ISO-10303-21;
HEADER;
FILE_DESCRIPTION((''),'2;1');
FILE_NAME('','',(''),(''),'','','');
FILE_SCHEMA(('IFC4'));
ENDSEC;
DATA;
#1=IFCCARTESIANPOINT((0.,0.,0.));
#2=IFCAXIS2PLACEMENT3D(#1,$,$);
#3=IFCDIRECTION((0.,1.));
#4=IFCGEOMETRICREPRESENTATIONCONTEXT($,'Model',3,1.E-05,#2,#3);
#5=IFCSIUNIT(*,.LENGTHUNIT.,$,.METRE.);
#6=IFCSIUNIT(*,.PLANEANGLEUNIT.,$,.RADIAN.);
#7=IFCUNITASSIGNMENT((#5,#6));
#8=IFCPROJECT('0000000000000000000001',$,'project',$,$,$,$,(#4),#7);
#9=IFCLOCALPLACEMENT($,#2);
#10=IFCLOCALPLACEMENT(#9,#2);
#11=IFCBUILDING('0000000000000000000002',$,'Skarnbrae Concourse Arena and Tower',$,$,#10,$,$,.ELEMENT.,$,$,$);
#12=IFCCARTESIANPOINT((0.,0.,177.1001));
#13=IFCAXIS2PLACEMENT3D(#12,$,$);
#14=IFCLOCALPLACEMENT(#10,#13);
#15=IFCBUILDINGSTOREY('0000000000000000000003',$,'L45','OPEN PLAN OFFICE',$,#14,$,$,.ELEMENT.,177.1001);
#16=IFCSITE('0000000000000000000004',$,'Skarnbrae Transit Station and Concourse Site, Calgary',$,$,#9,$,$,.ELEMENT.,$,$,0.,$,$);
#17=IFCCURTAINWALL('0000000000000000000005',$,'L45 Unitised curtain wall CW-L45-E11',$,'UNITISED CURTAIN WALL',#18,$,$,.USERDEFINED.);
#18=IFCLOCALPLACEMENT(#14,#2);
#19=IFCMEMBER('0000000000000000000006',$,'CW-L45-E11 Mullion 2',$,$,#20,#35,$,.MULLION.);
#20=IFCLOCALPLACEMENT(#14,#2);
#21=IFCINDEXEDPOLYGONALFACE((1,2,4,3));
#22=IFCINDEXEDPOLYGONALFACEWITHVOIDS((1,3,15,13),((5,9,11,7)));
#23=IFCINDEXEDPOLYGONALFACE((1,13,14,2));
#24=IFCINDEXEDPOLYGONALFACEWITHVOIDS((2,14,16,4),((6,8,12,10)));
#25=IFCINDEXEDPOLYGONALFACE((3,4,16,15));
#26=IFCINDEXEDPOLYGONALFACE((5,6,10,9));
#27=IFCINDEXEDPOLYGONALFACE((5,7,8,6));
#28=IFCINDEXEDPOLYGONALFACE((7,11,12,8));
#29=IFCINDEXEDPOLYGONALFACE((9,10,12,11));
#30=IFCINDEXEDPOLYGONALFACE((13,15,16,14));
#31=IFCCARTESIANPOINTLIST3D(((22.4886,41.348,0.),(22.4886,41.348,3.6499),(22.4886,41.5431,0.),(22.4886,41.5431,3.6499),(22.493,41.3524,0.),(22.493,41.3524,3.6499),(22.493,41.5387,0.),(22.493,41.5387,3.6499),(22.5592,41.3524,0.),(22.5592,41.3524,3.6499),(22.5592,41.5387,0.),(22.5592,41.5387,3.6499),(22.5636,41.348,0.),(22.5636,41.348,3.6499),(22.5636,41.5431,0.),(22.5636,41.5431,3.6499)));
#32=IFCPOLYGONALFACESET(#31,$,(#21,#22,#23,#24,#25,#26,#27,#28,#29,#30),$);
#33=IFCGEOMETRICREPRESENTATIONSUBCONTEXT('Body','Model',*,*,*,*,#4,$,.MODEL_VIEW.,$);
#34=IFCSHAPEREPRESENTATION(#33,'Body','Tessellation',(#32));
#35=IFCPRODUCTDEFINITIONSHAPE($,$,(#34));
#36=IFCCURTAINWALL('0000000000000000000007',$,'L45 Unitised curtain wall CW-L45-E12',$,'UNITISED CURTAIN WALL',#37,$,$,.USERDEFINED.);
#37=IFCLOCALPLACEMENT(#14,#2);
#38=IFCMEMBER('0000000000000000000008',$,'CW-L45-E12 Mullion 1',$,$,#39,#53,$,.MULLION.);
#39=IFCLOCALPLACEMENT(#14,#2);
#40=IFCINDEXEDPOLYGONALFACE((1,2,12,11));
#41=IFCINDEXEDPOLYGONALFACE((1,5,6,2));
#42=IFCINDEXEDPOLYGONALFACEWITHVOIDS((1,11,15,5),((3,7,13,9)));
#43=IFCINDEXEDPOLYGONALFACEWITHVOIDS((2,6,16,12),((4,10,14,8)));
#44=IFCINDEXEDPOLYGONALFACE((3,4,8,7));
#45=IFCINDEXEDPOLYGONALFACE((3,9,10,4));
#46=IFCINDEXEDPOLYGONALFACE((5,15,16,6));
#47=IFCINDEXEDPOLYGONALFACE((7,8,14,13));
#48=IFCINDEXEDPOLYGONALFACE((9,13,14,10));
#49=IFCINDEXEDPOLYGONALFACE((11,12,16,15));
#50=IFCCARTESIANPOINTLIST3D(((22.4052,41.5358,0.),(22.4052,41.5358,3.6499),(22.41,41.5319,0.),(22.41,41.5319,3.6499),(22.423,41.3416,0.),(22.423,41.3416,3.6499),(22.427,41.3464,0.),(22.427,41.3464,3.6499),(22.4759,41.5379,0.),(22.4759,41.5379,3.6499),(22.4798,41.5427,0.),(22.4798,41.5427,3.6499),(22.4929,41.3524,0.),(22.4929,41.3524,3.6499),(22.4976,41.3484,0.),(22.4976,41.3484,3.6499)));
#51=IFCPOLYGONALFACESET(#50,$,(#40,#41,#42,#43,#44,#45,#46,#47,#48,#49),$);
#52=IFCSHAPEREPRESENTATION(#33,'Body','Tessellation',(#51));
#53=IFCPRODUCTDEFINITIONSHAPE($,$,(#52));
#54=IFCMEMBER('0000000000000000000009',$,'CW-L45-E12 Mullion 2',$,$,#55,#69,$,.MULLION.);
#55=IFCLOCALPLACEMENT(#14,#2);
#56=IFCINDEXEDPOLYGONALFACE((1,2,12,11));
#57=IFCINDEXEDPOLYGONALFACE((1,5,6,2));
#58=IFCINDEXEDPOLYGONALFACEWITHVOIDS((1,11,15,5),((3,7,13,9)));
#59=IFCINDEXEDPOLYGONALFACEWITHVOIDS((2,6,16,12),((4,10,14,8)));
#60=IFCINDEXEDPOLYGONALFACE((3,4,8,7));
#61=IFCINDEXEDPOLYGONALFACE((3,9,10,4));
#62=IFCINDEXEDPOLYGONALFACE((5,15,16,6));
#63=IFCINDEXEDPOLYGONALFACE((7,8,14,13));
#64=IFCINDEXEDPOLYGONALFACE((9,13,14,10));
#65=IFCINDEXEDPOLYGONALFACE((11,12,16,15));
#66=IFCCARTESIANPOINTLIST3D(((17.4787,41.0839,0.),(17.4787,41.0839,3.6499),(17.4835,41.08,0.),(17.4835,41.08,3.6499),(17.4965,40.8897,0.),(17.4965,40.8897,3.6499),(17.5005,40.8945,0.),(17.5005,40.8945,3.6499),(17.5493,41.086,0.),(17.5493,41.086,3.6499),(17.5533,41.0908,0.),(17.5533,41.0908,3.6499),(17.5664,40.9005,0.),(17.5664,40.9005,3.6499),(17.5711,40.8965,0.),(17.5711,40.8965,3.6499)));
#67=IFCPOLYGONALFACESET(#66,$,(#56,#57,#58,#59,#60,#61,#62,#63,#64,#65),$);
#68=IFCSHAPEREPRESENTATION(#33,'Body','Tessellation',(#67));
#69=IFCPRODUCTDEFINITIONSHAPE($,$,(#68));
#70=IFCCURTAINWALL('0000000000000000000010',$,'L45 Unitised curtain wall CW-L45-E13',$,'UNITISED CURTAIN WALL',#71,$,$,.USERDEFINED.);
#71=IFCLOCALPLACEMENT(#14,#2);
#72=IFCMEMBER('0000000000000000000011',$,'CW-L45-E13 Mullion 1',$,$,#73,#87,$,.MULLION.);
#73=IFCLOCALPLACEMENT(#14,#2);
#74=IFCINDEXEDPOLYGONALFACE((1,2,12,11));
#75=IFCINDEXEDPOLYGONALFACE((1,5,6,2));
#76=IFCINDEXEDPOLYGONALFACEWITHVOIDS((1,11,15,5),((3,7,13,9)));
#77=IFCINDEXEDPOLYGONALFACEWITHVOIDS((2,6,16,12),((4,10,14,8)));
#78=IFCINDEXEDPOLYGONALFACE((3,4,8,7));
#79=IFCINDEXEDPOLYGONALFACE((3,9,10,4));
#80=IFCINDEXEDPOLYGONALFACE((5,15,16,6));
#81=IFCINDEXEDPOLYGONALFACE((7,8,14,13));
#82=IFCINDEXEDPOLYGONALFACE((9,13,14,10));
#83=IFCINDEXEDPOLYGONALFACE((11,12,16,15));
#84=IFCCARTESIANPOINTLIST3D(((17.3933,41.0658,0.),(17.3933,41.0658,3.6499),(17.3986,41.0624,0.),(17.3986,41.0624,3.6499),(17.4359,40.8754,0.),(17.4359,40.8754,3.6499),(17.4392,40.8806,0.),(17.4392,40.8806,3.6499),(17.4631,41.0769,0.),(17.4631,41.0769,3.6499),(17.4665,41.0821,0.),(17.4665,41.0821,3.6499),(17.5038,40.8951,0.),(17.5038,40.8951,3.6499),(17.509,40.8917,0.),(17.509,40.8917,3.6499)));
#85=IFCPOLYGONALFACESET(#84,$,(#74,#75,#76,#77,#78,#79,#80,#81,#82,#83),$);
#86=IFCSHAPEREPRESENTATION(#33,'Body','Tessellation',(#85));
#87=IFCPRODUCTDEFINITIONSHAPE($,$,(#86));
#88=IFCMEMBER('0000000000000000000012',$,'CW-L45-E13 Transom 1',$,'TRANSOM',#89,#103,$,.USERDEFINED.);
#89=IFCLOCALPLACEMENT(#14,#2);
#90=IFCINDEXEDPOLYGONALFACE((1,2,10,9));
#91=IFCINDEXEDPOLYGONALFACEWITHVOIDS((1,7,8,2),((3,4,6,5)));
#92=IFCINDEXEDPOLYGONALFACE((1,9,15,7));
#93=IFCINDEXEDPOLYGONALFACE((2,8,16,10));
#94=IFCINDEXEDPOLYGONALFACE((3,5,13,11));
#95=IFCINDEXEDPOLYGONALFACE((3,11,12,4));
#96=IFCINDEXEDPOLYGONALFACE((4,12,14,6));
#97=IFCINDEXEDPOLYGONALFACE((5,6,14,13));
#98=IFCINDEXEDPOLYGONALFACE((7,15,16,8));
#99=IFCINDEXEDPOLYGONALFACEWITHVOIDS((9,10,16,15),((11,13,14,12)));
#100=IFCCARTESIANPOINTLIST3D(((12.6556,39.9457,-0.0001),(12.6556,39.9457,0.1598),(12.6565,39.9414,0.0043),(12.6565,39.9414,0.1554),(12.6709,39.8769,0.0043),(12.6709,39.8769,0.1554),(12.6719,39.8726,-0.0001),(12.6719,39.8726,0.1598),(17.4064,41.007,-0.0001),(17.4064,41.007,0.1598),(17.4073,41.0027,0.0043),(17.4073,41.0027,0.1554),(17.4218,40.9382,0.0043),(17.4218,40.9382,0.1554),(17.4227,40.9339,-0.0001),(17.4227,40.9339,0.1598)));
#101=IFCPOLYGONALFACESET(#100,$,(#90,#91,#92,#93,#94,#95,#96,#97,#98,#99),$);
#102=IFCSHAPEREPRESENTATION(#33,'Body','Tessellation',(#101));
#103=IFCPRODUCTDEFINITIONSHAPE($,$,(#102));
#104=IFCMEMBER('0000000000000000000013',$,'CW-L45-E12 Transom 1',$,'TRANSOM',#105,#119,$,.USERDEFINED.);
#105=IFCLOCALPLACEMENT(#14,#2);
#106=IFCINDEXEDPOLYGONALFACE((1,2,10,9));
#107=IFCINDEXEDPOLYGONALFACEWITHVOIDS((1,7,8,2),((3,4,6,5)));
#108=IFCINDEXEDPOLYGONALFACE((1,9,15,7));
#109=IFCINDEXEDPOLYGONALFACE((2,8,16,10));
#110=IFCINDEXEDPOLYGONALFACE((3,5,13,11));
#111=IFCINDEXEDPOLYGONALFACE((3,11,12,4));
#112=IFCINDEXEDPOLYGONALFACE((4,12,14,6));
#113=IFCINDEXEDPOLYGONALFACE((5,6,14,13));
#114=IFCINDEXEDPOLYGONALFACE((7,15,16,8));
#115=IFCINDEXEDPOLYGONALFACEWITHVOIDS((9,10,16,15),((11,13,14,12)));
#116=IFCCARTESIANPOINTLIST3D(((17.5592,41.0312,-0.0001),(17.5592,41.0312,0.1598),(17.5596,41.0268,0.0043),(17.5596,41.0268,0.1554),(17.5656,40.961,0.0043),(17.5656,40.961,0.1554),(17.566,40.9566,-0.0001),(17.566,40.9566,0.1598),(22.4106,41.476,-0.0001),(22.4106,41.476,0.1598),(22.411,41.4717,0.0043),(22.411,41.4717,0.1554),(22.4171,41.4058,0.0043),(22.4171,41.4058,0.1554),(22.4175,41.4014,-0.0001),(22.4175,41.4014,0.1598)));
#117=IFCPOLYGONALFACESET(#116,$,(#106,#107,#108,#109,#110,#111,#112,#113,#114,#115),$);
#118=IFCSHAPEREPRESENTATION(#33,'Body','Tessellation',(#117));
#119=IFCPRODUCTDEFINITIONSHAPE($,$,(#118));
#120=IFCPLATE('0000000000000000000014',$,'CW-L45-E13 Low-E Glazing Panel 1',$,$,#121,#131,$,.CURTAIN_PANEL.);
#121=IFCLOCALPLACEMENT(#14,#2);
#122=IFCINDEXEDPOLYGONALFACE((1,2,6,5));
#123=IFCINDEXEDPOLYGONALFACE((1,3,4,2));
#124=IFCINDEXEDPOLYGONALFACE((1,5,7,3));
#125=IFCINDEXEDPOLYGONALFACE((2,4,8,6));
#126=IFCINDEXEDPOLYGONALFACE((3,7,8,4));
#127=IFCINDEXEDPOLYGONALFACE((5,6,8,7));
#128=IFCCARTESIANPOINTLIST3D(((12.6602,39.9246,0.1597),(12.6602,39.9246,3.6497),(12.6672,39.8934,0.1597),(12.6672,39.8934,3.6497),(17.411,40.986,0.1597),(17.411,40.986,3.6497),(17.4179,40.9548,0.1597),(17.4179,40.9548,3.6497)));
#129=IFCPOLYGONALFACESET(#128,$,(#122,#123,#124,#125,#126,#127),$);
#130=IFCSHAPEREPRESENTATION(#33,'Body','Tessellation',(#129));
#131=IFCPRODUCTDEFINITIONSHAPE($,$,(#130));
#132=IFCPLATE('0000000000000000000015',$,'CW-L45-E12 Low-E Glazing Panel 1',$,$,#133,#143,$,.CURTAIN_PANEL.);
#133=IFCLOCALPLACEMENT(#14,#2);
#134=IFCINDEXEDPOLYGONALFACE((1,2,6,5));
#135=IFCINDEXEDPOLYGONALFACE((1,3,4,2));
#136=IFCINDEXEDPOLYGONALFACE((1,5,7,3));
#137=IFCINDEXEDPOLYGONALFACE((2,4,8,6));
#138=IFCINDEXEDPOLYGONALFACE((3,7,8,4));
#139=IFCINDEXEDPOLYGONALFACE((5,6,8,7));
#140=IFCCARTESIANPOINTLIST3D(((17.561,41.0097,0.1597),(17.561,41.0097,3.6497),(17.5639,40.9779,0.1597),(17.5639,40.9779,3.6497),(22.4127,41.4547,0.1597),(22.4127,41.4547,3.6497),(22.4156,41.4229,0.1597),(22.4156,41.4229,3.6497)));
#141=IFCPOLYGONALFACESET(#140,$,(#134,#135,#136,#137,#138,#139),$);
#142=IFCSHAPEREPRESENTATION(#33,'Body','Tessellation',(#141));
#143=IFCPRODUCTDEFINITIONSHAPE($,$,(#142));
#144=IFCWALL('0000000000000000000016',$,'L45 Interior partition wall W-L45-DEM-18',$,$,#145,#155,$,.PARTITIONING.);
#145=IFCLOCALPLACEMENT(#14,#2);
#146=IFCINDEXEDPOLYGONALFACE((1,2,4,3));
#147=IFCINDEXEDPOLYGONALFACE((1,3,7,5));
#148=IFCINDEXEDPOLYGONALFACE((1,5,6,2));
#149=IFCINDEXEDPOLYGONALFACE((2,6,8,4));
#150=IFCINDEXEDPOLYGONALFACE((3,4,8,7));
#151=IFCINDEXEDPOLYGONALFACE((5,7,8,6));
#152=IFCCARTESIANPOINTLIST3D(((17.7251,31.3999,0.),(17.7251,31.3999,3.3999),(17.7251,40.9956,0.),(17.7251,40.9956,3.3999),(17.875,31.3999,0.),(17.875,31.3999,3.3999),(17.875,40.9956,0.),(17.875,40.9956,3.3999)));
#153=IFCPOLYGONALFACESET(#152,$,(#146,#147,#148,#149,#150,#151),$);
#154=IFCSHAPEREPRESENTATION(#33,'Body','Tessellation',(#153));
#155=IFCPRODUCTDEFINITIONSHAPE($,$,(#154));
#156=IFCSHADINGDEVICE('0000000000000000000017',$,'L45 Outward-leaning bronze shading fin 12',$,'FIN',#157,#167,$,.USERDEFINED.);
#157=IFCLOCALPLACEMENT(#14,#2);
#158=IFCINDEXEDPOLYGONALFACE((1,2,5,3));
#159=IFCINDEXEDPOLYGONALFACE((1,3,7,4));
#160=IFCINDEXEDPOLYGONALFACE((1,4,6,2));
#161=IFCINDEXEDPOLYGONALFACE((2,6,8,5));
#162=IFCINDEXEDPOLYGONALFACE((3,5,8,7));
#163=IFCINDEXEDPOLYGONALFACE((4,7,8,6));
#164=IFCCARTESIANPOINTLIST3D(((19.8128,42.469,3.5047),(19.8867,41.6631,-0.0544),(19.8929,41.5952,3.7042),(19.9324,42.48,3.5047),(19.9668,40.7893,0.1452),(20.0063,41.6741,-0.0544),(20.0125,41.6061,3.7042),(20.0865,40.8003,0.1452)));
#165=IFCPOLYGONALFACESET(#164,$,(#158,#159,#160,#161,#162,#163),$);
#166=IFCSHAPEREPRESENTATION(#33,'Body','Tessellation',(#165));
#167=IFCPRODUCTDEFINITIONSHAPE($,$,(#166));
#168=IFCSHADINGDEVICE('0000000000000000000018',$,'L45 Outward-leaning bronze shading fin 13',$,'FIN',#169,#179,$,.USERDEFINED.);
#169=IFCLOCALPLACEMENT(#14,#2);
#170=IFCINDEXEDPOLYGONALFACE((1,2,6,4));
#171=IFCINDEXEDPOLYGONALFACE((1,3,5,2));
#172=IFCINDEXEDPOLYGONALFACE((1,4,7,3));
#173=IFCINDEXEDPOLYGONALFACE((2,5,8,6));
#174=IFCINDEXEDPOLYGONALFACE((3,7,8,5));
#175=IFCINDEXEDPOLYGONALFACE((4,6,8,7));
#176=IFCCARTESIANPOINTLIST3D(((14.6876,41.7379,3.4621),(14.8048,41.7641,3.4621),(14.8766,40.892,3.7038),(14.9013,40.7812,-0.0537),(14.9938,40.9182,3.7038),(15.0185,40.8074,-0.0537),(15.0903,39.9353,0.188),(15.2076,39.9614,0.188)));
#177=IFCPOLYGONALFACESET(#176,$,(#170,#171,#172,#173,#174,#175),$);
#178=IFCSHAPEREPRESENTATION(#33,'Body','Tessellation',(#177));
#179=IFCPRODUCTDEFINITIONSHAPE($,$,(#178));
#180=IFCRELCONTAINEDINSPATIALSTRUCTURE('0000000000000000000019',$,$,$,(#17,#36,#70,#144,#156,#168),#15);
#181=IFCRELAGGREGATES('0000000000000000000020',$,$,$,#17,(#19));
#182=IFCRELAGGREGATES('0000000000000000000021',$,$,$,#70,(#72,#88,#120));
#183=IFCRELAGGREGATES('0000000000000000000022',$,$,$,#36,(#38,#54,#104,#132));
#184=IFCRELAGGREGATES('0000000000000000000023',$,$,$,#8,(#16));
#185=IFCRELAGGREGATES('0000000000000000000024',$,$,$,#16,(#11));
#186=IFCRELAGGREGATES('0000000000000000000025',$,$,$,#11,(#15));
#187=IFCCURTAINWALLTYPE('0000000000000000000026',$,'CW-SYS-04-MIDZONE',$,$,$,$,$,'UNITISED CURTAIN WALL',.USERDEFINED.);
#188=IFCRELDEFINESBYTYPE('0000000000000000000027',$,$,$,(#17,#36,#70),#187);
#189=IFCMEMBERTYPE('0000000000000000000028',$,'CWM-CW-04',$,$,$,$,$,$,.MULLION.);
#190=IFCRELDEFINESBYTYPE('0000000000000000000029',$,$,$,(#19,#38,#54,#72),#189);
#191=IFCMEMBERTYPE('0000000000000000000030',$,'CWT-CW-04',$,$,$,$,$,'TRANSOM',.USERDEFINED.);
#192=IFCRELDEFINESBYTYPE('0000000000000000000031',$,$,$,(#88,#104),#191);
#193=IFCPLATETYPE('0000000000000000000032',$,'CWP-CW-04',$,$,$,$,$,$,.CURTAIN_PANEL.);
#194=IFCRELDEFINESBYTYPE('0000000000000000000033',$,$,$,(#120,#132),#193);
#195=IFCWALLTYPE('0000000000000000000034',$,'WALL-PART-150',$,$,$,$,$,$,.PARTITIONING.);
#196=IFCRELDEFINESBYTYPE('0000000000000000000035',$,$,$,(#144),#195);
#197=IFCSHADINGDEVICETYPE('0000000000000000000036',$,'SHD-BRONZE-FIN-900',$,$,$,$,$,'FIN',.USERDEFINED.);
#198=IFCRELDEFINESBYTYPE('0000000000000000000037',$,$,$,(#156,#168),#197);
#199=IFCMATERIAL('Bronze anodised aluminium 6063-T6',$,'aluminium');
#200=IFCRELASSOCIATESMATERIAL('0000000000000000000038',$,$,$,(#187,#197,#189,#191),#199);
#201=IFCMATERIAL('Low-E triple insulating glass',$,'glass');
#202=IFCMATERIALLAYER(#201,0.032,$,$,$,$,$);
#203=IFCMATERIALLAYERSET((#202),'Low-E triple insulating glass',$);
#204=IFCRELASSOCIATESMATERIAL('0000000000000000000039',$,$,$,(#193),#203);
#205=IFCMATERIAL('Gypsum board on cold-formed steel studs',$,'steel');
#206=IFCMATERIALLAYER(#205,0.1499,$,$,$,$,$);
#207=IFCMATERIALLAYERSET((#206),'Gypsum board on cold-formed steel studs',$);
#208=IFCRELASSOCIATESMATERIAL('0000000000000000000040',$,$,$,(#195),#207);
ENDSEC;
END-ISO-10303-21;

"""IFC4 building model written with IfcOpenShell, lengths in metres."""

from ifc_helpers import new_model, si_unit, direction, frame, frame_2d, origin, origin_2d, place, context, subcontext, project, spatial, rectangle, hollow_rectangle, extrude, source, transform, mapped, material, layer, layer_set, material_profile, profile_set, type_object, element, aggregate, save


model = new_model("IFC4")

# Units and contexts
model_context = context("Model", 3, precision=1e-05, world=origin(), true_north=direction((0.0, 1.0)))
body_context = subcontext(model_context, "Body", "Model", "MODEL_VIEW")
ifc_project = project(units=[si_unit("LENGTHUNIT", "METRE"), si_unit("PLANEANGLEUNIT", "RADIAN")], contexts=[model_context])

# Site, building, storey
site_placement = place(None, origin())
site = spatial("IfcSite", under=ifc_project, at=site_placement, Name="Skarnbrae Transit Station and Concourse Site, Calgary", CompositionType="ELEMENT", RefElevation=0.0)
building_placement = place(site_placement, origin())
building = spatial("IfcBuilding", under=site, at=building_placement, Name="Skarnbrae Concourse Arena and Tower", CompositionType="ELEMENT")
storey_placement = place(building_placement, frame((0.0, 0.0, 177.1001)))
storey = spatial("IfcBuildingStorey", under=building, at=storey_placement, Name="L45", Description="OPEN PLAN OFFICE", CompositionType="ELEMENT", Elevation=177.1001)

# Curtain wall, member
ifc_material_1 = material(Name="Bronze anodised aluminium 6063-T6", Category="aluminium")
curtain_wall_type = type_object("IfcCurtainWallType", Name="CW-SYS-04-MIDZONE", ElementType="UNITISED CURTAIN WALL", PredefinedType="USERDEFINED", material=ifc_material_1)
curtain_wall_1_placement = place(storey_placement, origin())
curtain_wall_1 = element("IfcCurtainWall", 1, at=curtain_wall_1_placement, inside=storey, type_object=curtain_wall_type, Name="L45 Unitised curtain wall CW-L45-E11", ObjectType="UNITISED CURTAIN WALL", PredefinedType="USERDEFINED")
ifc_material_profile_1 = material_profile(ifc_material_1, hollow_rectangle(XDim=0.075, YDim=0.1951, WallThickness=0.0044, at=origin_2d()), Name="ALU-MULL-75X195")
ifc_profile_set_1 = profile_set([ifc_material_profile_1], Name="Bronze anodised aluminium 6063-T6")
member_type_1 = type_object("IfcMemberType", Name="CWM-CW-04", PredefinedType="MULLION", material=ifc_profile_set_1)
shared_shape_1 = source(origin(), body_context, "Body", "SweptSolid", [
    extrude(hollow_rectangle(XDim=0.075, YDim=0.1951, WallThickness=0.0044, at=origin_2d()), origin(), (0.0, 0.0, 1.0), 3.6499),
])
member_1_placement = place(storey_placement, frame((22.5261, 41.4456, 0.0), z_axis=(0.0, 0.0, 1.0), x_axis=(-1.0, 0.0, 0.0)))
member_1 = element("IfcMember", 2, at=member_1_placement, type_object=member_type_1, Name="CW-L45-E11 Mullion 2", PredefinedType="MULLION", context=body_context, shape_type="MappedRepresentation", body=[
    mapped(shared_shape_1, transform((0.0, 0.0, 0.0))),
])
aggregate(curtain_wall_1, [member_1])

# Curtain walls, members
curtain_wall_2_placement = place(storey_placement, origin())
curtain_wall_2 = element("IfcCurtainWall", 3, at=curtain_wall_2_placement, inside=storey, type_object=curtain_wall_type, Name="L45 Unitised curtain wall CW-L45-E12", ObjectType="UNITISED CURTAIN WALL", PredefinedType="USERDEFINED")
member_2_placement = place(storey_placement, frame((22.4514, 41.4421, 0.0), z_axis=(0.0, 0.0, 1.0), x_axis=(-0.99582, -0.091338, 0.0)))
member_2 = element("IfcMember", 4, at=member_2_placement, type_object=member_type_1, Name="CW-L45-E12 Mullion 1", PredefinedType="MULLION", context=body_context, shape_type="MappedRepresentation", body=[
    mapped(shared_shape_1, transform((0.0, 0.0, 0.0))),
])
member_3_placement = place(storey_placement, frame((17.5249, 40.9902, 0.0), z_axis=(0.0, 0.0, 1.0), x_axis=(-0.99582, -0.091338, 0.0)))
member_3 = element("IfcMember", 5, at=member_3_placement, type_object=member_type_1, Name="CW-L45-E12 Mullion 2", PredefinedType="MULLION", context=body_context, shape_type="MappedRepresentation", body=[
    mapped(shared_shape_1, transform((0.0, 0.0, 0.0))),
])
curtain_wall_3_placement = place(storey_placement, origin())
curtain_wall_3 = element("IfcCurtainWall", 6, at=curtain_wall_3_placement, inside=storey, type_object=curtain_wall_type, Name="L45 Unitised curtain wall CW-L45-E13", ObjectType="UNITISED CURTAIN WALL", PredefinedType="USERDEFINED")
member_4_placement = place(storey_placement, frame((17.4512, 40.9788, 0.0), z_axis=(0.0, 0.0, 1.0), x_axis=(-0.975936, -0.218056, 0.0)))
member_4 = element("IfcMember", 7, at=member_4_placement, type_object=member_type_1, Name="CW-L45-E13 Mullion 1", PredefinedType="MULLION", context=body_context, shape_type="MappedRepresentation", body=[
    mapped(shared_shape_1, transform((0.0, 0.0, 0.0))),
])
ifc_material_profile_2 = material_profile(ifc_material_1, hollow_rectangle(XDim=0.075, YDim=0.1599, WallThickness=0.0044, at=origin_2d()), Name="ALU-TRAN-75X160")
ifc_profile_set_2 = profile_set([ifc_material_profile_2], Name="Bronze anodised aluminium 6063-T6")
member_type_2 = type_object("IfcMemberType", Name="CWT-CW-04", ElementType="TRANSOM", PredefinedType="USERDEFINED", material=ifc_profile_set_2)
shared_shape_2 = source(origin(), body_context, "Body", "SweptSolid", [
    extrude(hollow_rectangle(XDim=0.075, YDim=0.1599, WallThickness=0.0044, at=origin_2d()), origin(), (0.0, 0.0, 1.0), 4.8679),
])
member_5_placement = place(storey_placement, frame((17.4146, 40.9705, 0.0798), z_axis=(-0.975945, -0.218019, 0.0), x_axis=(0.218019, -0.975945, 0.0)))
member_5 = element("IfcMember", 8, at=member_5_placement, type_object=member_type_2, Name="CW-L45-E13 Transom 1", ObjectType="TRANSOM", PredefinedType="USERDEFINED", context=body_context, shape_type="MappedRepresentation", body=[
    mapped(shared_shape_2, transform((0.0, 0.0, 0.0))),
])

# Member
shared_shape_3 = source(origin(), body_context, "Body", "SweptSolid", [
    extrude(hollow_rectangle(XDim=0.075, YDim=0.1599, WallThickness=0.0044, at=origin_2d()), origin(), (0.0, 0.0, 1.0), 4.8718),
])
member_6_placement = place(storey_placement, frame((22.4141, 41.4387, 0.0798), z_axis=(-0.995823, -0.091304, 0.0), x_axis=(0.091304, -0.995823, 0.0)))
member_6 = element("IfcMember", 9, at=member_6_placement, type_object=member_type_2, Name="CW-L45-E12 Transom 1", ObjectType="TRANSOM", PredefinedType="USERDEFINED", context=body_context, shape_type="MappedRepresentation", body=[
    mapped(shared_shape_3, transform((0.0, 0.0, 0.0))),
])

# Plates
ifc_material_2 = material(Name="Low-E triple insulating glass", Category="glass")
ifc_layer_1 = layer(ifc_material_2, 0.032)
ifc_layer_set_1 = layer_set([ifc_layer_1], Name="Low-E triple insulating glass")
plate_type = type_object("IfcPlateType", Name="CWP-CW-04", PredefinedType="CURTAIN_PANEL", material=ifc_layer_set_1)
shared_shape_4 = source(origin(), body_context, "Body", "SweptSolid", [
    extrude(rectangle(XDim=4.8679, YDim=0.032, at=origin_2d()), origin(), (0.0, 0.0, 1.0), 3.49),
])
plate_1_placement = place(storey_placement, frame((15.0391, 40.4397, 0.1597), z_axis=(0.0, 0.0, 1.0), x_axis=(-0.975936, -0.218056, 0.0)))
plate_1 = element("IfcPlate", 10, at=plate_1_placement, type_object=plate_type, Name="CW-L45-E13 Low-E Glazing Panel 1", PredefinedType="CURTAIN_PANEL", context=body_context, shape_type="MappedRepresentation", body=[
    mapped(shared_shape_4, transform((0.0, 0.0, 0.0))),
])
aggregate(curtain_wall_3, [member_4, member_5, plate_1])
shared_shape_5 = source(origin(), body_context, "Body", "SweptSolid", [
    extrude(rectangle(XDim=4.8721, YDim=0.032, at=origin_2d()), origin(), (0.0, 0.0, 1.0), 3.49),
])
plate_2_placement = place(storey_placement, frame((19.9883, 41.2163, 0.1597), z_axis=(0.0, 0.0, 1.0), x_axis=(-0.99582, -0.091338, 0.0)))
plate_2 = element("IfcPlate", 11, at=plate_2_placement, type_object=plate_type, Name="CW-L45-E12 Low-E Glazing Panel 1", PredefinedType="CURTAIN_PANEL", context=body_context, shape_type="MappedRepresentation", body=[
    mapped(shared_shape_5, transform((0.0, 0.0, 0.0))),
])
aggregate(curtain_wall_2, [member_2, member_3, member_6, plate_2])

# Wall
ifc_material_3 = material(Name="Gypsum board on cold-formed steel studs", Category="steel")
ifc_layer_2 = layer(ifc_material_3, 0.1499)
ifc_layer_set_2 = layer_set([ifc_layer_2], Name="Gypsum board on cold-formed steel studs")
wall_type = type_object("IfcWallType", Name="WALL-PART-150", PredefinedType="PARTITIONING", material=ifc_layer_set_2)
shared_shape_6 = source(origin(), body_context, "Body", "SweptSolid", [
    extrude(rectangle(XDim=9.5957, YDim=0.1499, at=frame_2d((4.7979, 0.0))), origin(), (0.0, 0.0, 1.0), 3.3999),
])
wall_placement = place(storey_placement, frame((17.8, 40.9956, 0.0), z_axis=(0.0, 0.0, 1.0), x_axis=(0.0, -1.0, 0.0)))
element("IfcWall", 12, at=wall_placement, inside=storey, type_object=wall_type, Name="L45 Interior partition wall W-L45-DEM-18", PredefinedType="PARTITIONING", context=body_context, shape_type="MappedRepresentation", body=[
    mapped(shared_shape_6, transform((0.0, 0.0, 0.0))),
])

# Shading devices
shading_device_type = type_object("IfcShadingDeviceType", Name="SHD-BRONZE-FIN-900", ElementType="FIN", PredefinedType="USERDEFINED", material=ifc_material_1)
shared_shape_7 = source(origin(), body_context, "Body", "SweptSolid", [
    extrude(rectangle(XDim=0.1201, YDim=0.8999, at=origin_2d()), origin(), (0.0, 0.0, 1.0), 3.6499),
])
for number, where, z_axis, x_axis, name in (
    (13, (19.9866, 41.2317, 0.0454), (-0.020253, 0.220792, 0.975111), (0.995819, 0.091345, 0.0), "L45 Outward-leaning bronze shading fin 12"),
    (14, (15.0544, 40.3713, 0.0671), (-0.058567, 0.26212, 0.963256), (0.975936, 0.218058, 0.0), "L45 Outward-leaning bronze shading fin 13"),
):
    element("IfcShadingDevice", number, at=place(storey_placement, frame(where, z_axis=z_axis, x_axis=x_axis)), inside=storey, type_object=shading_device_type, Name=name, ObjectType="FIN", PredefinedType="USERDEFINED", context=body_context, shape_type="MappedRepresentation", body=[
        mapped(shared_shape_7, transform((0.0, 0.0, 0.0))),
    ])

save(model, "model.ifc")
